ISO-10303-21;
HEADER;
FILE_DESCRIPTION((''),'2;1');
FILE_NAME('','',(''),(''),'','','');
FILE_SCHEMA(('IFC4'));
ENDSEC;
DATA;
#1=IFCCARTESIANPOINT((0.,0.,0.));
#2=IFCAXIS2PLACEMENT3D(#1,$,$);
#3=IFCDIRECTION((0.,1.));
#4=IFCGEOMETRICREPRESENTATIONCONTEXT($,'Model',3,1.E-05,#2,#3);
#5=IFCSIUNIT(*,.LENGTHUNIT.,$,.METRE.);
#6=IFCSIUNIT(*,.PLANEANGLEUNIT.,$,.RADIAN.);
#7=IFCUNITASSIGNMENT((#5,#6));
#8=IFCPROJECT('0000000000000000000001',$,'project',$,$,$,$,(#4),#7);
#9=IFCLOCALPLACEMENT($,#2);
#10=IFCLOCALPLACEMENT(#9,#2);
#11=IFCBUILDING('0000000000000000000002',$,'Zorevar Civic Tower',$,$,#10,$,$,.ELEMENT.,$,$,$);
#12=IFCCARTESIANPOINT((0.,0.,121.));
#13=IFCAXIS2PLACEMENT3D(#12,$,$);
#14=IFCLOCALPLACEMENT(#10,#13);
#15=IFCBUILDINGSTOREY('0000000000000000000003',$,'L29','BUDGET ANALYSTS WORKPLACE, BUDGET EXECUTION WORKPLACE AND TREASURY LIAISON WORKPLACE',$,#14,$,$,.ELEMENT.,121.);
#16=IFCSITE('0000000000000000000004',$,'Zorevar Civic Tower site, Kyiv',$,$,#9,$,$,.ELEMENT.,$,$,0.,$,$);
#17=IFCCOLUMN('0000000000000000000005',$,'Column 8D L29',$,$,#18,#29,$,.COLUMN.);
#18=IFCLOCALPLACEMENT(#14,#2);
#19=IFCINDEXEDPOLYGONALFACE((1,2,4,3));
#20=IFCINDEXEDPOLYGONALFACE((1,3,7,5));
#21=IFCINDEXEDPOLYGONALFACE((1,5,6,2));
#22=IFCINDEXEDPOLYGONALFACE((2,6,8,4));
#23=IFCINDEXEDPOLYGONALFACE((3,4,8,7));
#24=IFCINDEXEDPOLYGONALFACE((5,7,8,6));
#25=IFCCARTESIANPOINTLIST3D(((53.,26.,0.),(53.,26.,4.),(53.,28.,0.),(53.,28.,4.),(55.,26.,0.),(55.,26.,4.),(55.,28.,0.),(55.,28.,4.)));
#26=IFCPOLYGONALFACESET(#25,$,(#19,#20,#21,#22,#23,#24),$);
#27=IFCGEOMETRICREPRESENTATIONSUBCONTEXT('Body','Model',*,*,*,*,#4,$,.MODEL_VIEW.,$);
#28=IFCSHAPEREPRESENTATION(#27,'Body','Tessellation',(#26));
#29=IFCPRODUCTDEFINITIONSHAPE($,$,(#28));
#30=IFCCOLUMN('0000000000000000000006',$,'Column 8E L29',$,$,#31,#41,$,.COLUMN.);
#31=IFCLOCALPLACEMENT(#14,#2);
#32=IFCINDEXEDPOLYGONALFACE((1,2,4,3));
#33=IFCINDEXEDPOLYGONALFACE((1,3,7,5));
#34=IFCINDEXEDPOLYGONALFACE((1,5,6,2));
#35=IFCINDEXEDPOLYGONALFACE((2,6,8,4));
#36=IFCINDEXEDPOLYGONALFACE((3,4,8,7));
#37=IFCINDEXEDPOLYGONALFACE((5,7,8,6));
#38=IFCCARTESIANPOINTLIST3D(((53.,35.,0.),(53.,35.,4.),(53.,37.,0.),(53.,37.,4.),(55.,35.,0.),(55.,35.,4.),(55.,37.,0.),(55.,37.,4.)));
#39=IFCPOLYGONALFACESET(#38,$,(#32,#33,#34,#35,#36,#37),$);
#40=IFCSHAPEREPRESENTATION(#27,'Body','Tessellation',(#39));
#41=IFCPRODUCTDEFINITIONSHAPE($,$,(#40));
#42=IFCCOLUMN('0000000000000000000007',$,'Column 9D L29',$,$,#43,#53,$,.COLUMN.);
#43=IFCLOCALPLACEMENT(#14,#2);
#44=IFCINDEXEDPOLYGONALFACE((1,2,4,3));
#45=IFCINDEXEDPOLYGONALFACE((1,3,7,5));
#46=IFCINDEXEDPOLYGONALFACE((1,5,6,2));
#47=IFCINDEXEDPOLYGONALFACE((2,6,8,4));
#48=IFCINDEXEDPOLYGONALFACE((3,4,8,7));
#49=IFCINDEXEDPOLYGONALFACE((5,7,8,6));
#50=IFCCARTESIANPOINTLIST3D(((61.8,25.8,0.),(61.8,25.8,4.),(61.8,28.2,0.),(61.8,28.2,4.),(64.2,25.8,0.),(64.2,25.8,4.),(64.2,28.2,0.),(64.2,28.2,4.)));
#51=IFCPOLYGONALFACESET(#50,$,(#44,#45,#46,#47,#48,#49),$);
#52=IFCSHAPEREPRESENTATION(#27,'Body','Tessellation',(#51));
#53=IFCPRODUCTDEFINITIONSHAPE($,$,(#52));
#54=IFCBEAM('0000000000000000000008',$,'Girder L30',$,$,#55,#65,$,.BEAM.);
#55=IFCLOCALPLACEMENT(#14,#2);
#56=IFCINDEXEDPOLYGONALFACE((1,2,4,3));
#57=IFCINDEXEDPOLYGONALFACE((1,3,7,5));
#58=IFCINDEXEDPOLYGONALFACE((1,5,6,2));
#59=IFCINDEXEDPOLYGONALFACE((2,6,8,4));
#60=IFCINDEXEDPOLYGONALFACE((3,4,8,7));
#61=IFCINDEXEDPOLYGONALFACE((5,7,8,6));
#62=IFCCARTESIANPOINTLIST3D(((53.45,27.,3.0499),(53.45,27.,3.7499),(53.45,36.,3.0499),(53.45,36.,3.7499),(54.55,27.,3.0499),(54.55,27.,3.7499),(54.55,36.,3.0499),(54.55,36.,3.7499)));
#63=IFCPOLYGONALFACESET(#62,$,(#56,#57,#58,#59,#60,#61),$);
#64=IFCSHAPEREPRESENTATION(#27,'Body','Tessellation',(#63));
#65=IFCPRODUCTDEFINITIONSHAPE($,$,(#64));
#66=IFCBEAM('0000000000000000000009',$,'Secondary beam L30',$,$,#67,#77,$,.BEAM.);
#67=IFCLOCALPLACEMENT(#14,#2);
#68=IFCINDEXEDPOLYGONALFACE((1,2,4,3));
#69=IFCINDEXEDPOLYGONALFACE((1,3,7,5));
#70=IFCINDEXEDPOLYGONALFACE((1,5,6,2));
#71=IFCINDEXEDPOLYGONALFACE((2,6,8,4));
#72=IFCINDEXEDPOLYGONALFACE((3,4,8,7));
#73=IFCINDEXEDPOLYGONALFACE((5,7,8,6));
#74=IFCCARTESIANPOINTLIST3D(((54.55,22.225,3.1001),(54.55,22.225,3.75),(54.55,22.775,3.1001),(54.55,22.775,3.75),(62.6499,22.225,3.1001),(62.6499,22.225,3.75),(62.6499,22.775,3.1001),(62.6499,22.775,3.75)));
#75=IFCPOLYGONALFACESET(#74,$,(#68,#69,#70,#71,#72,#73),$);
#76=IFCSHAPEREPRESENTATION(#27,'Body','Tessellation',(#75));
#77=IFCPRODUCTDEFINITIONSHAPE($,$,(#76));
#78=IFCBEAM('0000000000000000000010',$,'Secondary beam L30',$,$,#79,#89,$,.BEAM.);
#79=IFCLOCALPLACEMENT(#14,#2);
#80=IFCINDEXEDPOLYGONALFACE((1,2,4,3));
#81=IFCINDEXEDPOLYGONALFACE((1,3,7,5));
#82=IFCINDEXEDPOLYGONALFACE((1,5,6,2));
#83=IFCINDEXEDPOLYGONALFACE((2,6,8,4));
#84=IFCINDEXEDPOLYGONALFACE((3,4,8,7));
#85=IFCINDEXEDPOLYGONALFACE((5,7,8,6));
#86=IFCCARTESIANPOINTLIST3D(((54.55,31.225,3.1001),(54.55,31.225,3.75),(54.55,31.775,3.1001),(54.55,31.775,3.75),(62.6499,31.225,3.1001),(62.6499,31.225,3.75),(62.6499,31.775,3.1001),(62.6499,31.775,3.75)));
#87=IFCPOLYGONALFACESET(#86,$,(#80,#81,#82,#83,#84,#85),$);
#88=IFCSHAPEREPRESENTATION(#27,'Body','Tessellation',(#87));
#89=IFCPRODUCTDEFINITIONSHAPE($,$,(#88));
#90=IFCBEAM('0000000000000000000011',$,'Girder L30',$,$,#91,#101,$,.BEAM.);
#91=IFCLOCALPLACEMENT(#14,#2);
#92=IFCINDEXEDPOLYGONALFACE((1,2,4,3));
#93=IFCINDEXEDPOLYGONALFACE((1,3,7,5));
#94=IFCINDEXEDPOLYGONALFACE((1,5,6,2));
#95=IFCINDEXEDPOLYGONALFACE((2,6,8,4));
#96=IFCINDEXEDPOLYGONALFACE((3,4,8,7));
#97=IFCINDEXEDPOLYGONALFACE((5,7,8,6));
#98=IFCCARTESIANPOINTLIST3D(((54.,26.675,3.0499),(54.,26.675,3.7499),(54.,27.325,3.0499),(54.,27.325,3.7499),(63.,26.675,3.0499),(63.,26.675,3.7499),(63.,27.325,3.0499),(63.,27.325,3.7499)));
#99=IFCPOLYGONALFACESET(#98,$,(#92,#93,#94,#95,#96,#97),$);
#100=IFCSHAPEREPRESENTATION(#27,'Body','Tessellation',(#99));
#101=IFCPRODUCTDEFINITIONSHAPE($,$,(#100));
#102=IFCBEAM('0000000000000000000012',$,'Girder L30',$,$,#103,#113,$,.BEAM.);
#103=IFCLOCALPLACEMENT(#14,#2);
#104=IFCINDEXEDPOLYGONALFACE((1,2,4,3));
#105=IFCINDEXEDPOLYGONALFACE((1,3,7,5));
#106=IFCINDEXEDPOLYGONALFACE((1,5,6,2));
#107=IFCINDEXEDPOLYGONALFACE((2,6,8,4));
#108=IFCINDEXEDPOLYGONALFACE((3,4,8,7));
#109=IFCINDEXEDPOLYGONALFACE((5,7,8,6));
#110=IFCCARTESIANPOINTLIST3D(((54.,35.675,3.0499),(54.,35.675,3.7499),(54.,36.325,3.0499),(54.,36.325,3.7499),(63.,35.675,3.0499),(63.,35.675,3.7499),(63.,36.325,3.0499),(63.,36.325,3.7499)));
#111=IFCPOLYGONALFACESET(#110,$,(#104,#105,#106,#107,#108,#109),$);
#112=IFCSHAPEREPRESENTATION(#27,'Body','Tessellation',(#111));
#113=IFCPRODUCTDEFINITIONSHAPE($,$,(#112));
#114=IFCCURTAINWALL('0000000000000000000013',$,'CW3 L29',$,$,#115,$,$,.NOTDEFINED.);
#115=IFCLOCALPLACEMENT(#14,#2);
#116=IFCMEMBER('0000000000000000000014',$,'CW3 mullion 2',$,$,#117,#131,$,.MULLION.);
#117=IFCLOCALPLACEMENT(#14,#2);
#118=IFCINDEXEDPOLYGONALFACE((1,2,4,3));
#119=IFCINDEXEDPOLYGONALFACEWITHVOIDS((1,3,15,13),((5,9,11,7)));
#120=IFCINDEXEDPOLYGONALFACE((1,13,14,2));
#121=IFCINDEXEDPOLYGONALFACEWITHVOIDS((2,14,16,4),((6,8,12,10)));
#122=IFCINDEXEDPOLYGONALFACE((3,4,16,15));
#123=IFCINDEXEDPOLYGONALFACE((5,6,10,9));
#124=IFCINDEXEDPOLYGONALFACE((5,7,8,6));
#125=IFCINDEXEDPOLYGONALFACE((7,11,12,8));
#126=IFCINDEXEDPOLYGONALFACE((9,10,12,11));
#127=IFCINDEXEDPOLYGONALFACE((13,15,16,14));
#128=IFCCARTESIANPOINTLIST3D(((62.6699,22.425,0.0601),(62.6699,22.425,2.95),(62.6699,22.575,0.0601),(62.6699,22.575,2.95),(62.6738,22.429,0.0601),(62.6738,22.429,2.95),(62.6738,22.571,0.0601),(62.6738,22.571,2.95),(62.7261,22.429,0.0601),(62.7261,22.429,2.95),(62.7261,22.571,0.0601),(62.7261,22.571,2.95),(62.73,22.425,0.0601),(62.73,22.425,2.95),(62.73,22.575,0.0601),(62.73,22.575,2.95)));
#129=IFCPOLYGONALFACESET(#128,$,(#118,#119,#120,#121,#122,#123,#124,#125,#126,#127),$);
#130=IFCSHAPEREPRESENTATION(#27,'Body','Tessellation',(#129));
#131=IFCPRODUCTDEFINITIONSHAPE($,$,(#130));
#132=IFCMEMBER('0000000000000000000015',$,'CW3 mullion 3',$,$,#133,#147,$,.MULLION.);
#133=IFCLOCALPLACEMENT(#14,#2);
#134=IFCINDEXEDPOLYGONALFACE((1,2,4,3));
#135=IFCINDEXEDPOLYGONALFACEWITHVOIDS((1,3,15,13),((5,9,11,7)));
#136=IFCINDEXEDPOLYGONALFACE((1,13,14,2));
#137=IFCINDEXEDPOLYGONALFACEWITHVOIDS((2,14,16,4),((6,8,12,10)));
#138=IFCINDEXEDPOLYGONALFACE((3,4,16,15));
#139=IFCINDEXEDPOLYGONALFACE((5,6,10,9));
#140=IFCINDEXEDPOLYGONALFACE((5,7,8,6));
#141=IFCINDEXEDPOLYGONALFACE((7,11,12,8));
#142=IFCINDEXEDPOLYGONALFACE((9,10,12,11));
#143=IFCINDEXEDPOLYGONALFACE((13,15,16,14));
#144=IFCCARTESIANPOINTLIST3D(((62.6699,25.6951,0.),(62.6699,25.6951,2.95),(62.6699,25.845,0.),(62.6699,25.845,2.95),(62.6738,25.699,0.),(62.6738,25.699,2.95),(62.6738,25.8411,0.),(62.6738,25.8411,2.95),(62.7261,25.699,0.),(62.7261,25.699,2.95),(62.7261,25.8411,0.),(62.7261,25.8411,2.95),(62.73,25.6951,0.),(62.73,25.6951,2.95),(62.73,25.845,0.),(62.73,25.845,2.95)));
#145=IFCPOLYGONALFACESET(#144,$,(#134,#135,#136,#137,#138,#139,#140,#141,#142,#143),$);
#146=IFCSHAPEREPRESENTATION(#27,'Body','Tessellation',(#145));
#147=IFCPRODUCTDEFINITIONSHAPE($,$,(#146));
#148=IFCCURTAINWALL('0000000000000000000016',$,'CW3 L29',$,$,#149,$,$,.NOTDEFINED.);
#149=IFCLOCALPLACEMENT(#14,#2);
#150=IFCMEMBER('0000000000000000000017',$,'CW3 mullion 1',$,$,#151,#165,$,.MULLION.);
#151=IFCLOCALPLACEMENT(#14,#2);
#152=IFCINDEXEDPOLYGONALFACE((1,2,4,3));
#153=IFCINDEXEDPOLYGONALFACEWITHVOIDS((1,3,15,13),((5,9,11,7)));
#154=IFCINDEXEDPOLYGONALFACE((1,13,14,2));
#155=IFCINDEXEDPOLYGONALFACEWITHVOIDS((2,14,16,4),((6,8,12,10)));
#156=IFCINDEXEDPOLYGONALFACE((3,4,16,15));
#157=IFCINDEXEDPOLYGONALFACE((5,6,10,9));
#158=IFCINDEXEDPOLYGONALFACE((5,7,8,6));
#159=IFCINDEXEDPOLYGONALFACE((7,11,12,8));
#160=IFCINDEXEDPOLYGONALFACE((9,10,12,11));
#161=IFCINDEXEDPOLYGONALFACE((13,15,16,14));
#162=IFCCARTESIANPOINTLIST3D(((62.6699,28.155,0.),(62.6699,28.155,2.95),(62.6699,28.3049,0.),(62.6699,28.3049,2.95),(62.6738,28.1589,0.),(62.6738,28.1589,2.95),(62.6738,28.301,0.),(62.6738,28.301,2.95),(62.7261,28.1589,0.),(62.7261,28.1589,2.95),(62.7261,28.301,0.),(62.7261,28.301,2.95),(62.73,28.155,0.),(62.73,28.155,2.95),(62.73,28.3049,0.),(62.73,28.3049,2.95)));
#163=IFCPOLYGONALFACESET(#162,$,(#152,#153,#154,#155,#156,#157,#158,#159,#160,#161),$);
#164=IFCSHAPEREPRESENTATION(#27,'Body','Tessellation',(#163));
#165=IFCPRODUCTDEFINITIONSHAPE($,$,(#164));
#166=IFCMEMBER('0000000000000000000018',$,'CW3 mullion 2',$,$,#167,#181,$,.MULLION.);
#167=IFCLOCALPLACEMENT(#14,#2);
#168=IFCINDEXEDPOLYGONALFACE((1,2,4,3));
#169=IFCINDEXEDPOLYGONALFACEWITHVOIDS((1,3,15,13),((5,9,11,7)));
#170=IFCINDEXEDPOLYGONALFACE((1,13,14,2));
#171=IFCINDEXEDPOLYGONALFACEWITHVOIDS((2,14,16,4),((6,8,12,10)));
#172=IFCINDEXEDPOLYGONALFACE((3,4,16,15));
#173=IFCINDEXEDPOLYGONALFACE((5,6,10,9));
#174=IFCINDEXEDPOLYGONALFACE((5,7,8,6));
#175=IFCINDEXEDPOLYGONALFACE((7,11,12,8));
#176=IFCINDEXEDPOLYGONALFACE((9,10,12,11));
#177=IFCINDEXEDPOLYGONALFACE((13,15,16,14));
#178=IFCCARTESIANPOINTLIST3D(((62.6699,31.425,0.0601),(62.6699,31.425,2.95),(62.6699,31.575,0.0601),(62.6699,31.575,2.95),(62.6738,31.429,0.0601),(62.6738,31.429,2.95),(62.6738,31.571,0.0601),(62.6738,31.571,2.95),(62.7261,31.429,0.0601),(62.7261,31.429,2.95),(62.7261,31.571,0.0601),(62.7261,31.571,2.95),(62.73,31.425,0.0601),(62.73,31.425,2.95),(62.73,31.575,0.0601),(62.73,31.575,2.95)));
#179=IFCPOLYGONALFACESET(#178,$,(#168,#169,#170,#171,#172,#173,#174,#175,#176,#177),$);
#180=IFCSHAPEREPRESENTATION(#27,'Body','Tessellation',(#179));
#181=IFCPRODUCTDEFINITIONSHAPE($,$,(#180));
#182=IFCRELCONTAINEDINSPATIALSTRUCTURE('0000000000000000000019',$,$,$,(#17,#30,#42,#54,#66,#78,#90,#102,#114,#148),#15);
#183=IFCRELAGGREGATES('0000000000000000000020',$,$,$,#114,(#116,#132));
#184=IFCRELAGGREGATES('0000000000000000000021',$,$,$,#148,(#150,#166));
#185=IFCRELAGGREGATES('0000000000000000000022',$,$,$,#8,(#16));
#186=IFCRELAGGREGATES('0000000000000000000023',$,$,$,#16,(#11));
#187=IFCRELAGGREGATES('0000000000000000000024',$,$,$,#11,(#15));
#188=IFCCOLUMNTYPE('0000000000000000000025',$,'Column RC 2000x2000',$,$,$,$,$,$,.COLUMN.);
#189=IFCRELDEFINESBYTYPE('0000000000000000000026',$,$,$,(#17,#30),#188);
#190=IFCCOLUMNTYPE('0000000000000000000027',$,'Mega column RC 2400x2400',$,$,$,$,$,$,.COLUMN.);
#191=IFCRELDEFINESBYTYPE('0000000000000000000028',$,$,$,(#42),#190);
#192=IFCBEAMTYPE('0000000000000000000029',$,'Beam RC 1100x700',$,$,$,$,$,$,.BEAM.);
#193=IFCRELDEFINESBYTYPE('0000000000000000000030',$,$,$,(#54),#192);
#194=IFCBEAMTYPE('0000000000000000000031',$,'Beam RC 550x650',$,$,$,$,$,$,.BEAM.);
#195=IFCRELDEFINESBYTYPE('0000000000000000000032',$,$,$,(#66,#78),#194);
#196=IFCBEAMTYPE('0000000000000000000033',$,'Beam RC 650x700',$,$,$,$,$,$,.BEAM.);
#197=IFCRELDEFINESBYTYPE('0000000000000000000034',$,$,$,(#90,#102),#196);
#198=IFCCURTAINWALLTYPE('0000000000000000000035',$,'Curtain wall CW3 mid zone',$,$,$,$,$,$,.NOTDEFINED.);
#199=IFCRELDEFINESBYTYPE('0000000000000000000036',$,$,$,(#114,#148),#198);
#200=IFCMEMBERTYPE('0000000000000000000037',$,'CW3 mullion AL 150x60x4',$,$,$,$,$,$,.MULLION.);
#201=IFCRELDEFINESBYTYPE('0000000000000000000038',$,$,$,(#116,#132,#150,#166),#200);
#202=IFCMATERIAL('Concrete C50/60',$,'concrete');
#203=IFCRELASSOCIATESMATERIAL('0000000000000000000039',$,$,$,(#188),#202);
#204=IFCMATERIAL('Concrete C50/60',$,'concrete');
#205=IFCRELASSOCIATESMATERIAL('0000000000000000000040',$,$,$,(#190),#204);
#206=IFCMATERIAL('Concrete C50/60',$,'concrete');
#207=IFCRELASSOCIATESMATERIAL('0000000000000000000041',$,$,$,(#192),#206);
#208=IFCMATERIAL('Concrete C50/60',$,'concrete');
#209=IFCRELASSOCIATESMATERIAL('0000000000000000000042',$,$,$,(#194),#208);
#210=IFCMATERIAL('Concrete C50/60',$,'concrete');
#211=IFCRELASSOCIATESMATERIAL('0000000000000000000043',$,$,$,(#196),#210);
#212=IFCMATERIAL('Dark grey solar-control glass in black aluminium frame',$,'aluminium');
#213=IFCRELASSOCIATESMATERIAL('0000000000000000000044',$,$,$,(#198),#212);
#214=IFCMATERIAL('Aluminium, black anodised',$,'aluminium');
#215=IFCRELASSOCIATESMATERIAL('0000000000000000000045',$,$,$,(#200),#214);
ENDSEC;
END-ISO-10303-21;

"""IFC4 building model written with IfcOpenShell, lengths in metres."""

from ifc_helpers import new_model, si_unit, direction, frame, origin, origin_2d, place, context, subcontext, project, spatial, rectangle, hollow_rectangle, extrude, material, material_profile, profile_set, type_object, element, aggregate, save


model = new_model("IFC4")

# Units and contexts
model_context = context("Model", 3, precision=1e-05, world=origin(), true_north=direction((0.0, 1.0)))
body_context = subcontext(model_context, "Body", "Model", "MODEL_VIEW")
ifc_project = project(units=[si_unit("LENGTHUNIT", "METRE"), si_unit("PLANEANGLEUNIT", "RADIAN")], contexts=[model_context])

# Site, building, storey
site_placement = place(None, origin())
site = spatial("IfcSite", under=ifc_project, at=site_placement, Name="Zorevar Civic Tower site, Kyiv", CompositionType="ELEMENT", RefElevation=0.0)
building_placement = place(site_placement, origin())
building = spatial("IfcBuilding", under=site, at=building_placement, Name="Zorevar Civic Tower", CompositionType="ELEMENT")
storey_placement = place(building_placement, frame((0.0, 0.0, 121.0)))
storey = spatial("IfcBuildingStorey", under=building, at=storey_placement, Name="L29", Description="BUDGET ANALYSTS WORKPLACE, BUDGET EXECUTION WORKPLACE AND TREASURY LIAISON WORKPLACE", CompositionType="ELEMENT", Elevation=121.0)

# Columns
ifc_material_1 = material(Name="Concrete C50/60", Category="concrete")
ifc_material_profile_1 = material_profile(ifc_material_1, rectangle(XDim=2.0, YDim=2.0, at=origin_2d()), Name="RC 2000x2000")
ifc_profile_set_1 = profile_set([ifc_material_profile_1], Name="Concrete C50/60")
column_type_1 = type_object("IfcColumnType", Name="Column RC 2000x2000", PredefinedType="COLUMN", material=ifc_profile_set_1)
for number, where, z_axis, x_axis, name in (
    (1, (54.0, 27.0, 0.0), (0.0, 0.0, 1.0), (1.0, 0.0, 0.0), "Column 8D L29"),
    (2, (54.0, 36.0, 0.0), (0.0, 0.0, 1.0), (1.0, 0.0, 0.0), "Column 8E L29"),
):
    element("IfcColumn", number, at=place(storey_placement, frame(where, z_axis=z_axis, x_axis=x_axis)), inside=storey, type_object=column_type_1, Name=name, PredefinedType="COLUMN", context=body_context, shape_type="SweptSolid", body=[
        extrude(rectangle(XDim=2.0, YDim=2.0, at=origin_2d()), origin(), (0.0, 0.0, 1.0), 4.0),
    ])
ifc_material_2 = material(Name="Concrete C50/60", Category="concrete")
ifc_material_profile_2 = material_profile(ifc_material_2, rectangle(XDim=2.3999, YDim=2.3999, at=origin_2d()), Name="RC 2400x2400")
ifc_profile_set_2 = profile_set([ifc_material_profile_2], Name="Concrete C50/60")
column_type_2 = type_object("IfcColumnType", Name="Mega column RC 2400x2400", PredefinedType="COLUMN", material=ifc_profile_set_2)
column_placement = place(storey_placement, frame((63.0, 27.0, 0.0), z_axis=(0.0, 0.0, 1.0), x_axis=(1.0, 0.0, 0.0)))
element("IfcColumn", 3, at=column_placement, inside=storey, type_object=column_type_2, Name="Column 9D L29", PredefinedType="COLUMN", context=body_context, shape_type="SweptSolid", body=[
    extrude(rectangle(XDim=2.3999, YDim=2.3999, at=origin_2d()), origin(), (0.0, 0.0, 1.0), 4.0),
])

# Beams
ifc_material_3 = material(Name="Concrete C50/60", Category="concrete")
ifc_material_profile_3 = material_profile(ifc_material_3, rectangle(XDim=1.1001, YDim=0.7, at=origin_2d()), Name="RC 1100x700")
ifc_profile_set_3 = profile_set([ifc_material_profile_3], Name="Concrete C50/60")
beam_type_1 = type_object("IfcBeamType", Name="Beam RC 1100x700", PredefinedType="BEAM", material=ifc_profile_set_3)
beam_1_placement = place(storey_placement, frame((54.0, 27.0, 3.3999), z_axis=(0.0, 1.0, 0.0), x_axis=(-1.0, 0.0, 0.0)))
element("IfcBeam", 4, at=beam_1_placement, inside=storey, type_object=beam_type_1, Name="Girder L30", PredefinedType="BEAM", context=body_context, shape_type="SweptSolid", body=[
    extrude(rectangle(XDim=1.1001, YDim=0.7, at=origin_2d()), origin(), (0.0, 0.0, 1.0), 9.0),
])
ifc_material_4 = material(Name="Concrete C50/60", Category="concrete")
ifc_material_profile_4 = material_profile(ifc_material_4, rectangle(XDim=0.55, YDim=0.6499, at=origin_2d()), Name="RC 550x650")
ifc_profile_set_4 = profile_set([ifc_material_profile_4], Name="Concrete C50/60")
beam_type_2 = type_object("IfcBeamType", Name="Beam RC 550x650", PredefinedType="BEAM", material=ifc_profile_set_4)
for number, where, z_axis, x_axis, name in (
    (5, (54.55, 22.5, 3.425), (1.0, 0.0, 0.0), (0.0, 1.0, 0.0), "Secondary beam L30"),
    (6, (54.55, 31.5, 3.425), (1.0, 0.0, 0.0), (0.0, 1.0, 0.0), "Secondary beam L30"),
):
    element("IfcBeam", number, at=place(storey_placement, frame(where, z_axis=z_axis, x_axis=x_axis)), inside=storey, type_object=beam_type_2, Name=name, PredefinedType="BEAM", context=body_context, shape_type="SweptSolid", body=[
        extrude(rectangle(XDim=0.55, YDim=0.6499, at=origin_2d()), origin(), (0.0, 0.0, 1.0), 8.0999),
    ])
ifc_material_5 = material(Name="Concrete C50/60", Category="concrete")
ifc_material_profile_5 = material_profile(ifc_material_5, rectangle(XDim=0.6499, YDim=0.7, at=origin_2d()), Name="RC 650x700")
ifc_profile_set_5 = profile_set([ifc_material_profile_5], Name="Concrete C50/60")
beam_type_3 = type_object("IfcBeamType", Name="Beam RC 650x700", PredefinedType="BEAM", material=ifc_profile_set_5)
for number, where, z_axis, x_axis, name in (
    (7, (54.0, 27.0, 3.3999), (1.0, 0.0, 0.0), (0.0, 1.0, 0.0), "Girder L30"),
    (8, (54.0, 36.0, 3.3999), (1.0, 0.0, 0.0), (0.0, 1.0, 0.0), "Girder L30"),
):
    element("IfcBeam", number, at=place(storey_placement, frame(where, z_axis=z_axis, x_axis=x_axis)), inside=storey, type_object=beam_type_3, Name=name, PredefinedType="BEAM", context=body_context, shape_type="SweptSolid", body=[
        extrude(rectangle(XDim=0.6499, YDim=0.7, at=origin_2d()), origin(), (0.0, 0.0, 1.0), 9.0),
    ])

# Curtain walls, members
ifc_material_6 = material(Name="Dark grey solar-control glass in black aluminium frame", Category="aluminium")
curtain_wall_type = type_object("IfcCurtainWallType", Name="Curtain wall CW3 mid zone", PredefinedType="NOTDEFINED", material=ifc_material_6)
curtain_wall_1_placement = place(storey_placement, origin())
curtain_wall_1 = element("IfcCurtainWall", 9, at=curtain_wall_1_placement, inside=storey, type_object=curtain_wall_type, Name="CW3 L29", PredefinedType="NOTDEFINED")
ifc_material_7 = material(Name="Aluminium, black anodised", Category="aluminium")
ifc_material_profile_6 = material_profile(ifc_material_7, hollow_rectangle(XDim=0.0601, YDim=0.1499, WallThickness=0.0039, at=origin_2d()), Name="AL 150x60x4")
ifc_profile_set_6 = profile_set([ifc_material_profile_6], Name="Aluminium, black anodised")
member_type_1 = type_object("IfcMemberType", Name="CW3 mullion AL 150x60x4", PredefinedType="MULLION", material=ifc_profile_set_6)
member_1_placement = place(storey_placement, frame((62.7, 22.5, 0.0601), z_axis=(0.0, 0.0, 1.0), x_axis=(-1.0, 0.0, 0.0)))
member_1 = element("IfcMember", 10, at=member_1_placement, type_object=member_type_1, Name="CW3 mullion 2", PredefinedType="MULLION", context=body_context, shape_type="SweptSolid", body=[
    extrude(hollow_rectangle(XDim=0.0601, YDim=0.1499, WallThickness=0.0039, at=origin_2d()), origin(), (0.0, 0.0, 1.0), 2.8899),
])
member_2_placement = place(storey_placement, frame((62.7, 25.77, 0.0), z_axis=(0.0, 0.0, 1.0), x_axis=(-1.0, 0.0, 0.0)))
member_2 = element("IfcMember", 11, at=member_2_placement, type_object=member_type_1, Name="CW3 mullion 3", PredefinedType="MULLION", context=body_context, shape_type="SweptSolid", body=[
    extrude(hollow_rectangle(XDim=0.0601, YDim=0.1499, WallThickness=0.0039, at=origin_2d()), origin(), (0.0, 0.0, 1.0), 2.95),
])
curtain_wall_2_placement = place(storey_placement, origin())
curtain_wall_2 = element("IfcCurtainWall", 12, at=curtain_wall_2_placement, inside=storey, type_object=curtain_wall_type, Name="CW3 L29", PredefinedType="NOTDEFINED")
member_3_placement = place(storey_placement, frame((62.7, 28.23, 0.0), z_axis=(0.0, 0.0, 1.0), x_axis=(-1.0, 0.0, 0.0)))
member_3 = element("IfcMember", 13, at=member_3_placement, type_object=member_type_1, Name="CW3 mullion 1", PredefinedType="MULLION", context=body_context, shape_type="SweptSolid", body=[
    extrude(hollow_rectangle(XDim=0.0601, YDim=0.1499, WallThickness=0.0039, at=origin_2d()), origin(), (0.0, 0.0, 1.0), 2.95),
])
member_4_placement = place(storey_placement, frame((62.7, 31.5, 0.0601), z_axis=(0.0, 0.0, 1.0), x_axis=(-1.0, 0.0, 0.0)))
member_4 = element("IfcMember", 14, at=member_4_placement, type_object=member_type_1, Name="CW3 mullion 2", PredefinedType="MULLION", context=body_context, shape_type="SweptSolid", body=[
    extrude(hollow_rectangle(XDim=0.0601, YDim=0.1499, WallThickness=0.0039, at=origin_2d()), origin(), (0.0, 0.0, 1.0), 2.8899),
])

aggregate(curtain_wall_1, [member_1, member_2])
aggregate(curtain_wall_2, [member_3, member_4])

save(model, "model.ifc")
